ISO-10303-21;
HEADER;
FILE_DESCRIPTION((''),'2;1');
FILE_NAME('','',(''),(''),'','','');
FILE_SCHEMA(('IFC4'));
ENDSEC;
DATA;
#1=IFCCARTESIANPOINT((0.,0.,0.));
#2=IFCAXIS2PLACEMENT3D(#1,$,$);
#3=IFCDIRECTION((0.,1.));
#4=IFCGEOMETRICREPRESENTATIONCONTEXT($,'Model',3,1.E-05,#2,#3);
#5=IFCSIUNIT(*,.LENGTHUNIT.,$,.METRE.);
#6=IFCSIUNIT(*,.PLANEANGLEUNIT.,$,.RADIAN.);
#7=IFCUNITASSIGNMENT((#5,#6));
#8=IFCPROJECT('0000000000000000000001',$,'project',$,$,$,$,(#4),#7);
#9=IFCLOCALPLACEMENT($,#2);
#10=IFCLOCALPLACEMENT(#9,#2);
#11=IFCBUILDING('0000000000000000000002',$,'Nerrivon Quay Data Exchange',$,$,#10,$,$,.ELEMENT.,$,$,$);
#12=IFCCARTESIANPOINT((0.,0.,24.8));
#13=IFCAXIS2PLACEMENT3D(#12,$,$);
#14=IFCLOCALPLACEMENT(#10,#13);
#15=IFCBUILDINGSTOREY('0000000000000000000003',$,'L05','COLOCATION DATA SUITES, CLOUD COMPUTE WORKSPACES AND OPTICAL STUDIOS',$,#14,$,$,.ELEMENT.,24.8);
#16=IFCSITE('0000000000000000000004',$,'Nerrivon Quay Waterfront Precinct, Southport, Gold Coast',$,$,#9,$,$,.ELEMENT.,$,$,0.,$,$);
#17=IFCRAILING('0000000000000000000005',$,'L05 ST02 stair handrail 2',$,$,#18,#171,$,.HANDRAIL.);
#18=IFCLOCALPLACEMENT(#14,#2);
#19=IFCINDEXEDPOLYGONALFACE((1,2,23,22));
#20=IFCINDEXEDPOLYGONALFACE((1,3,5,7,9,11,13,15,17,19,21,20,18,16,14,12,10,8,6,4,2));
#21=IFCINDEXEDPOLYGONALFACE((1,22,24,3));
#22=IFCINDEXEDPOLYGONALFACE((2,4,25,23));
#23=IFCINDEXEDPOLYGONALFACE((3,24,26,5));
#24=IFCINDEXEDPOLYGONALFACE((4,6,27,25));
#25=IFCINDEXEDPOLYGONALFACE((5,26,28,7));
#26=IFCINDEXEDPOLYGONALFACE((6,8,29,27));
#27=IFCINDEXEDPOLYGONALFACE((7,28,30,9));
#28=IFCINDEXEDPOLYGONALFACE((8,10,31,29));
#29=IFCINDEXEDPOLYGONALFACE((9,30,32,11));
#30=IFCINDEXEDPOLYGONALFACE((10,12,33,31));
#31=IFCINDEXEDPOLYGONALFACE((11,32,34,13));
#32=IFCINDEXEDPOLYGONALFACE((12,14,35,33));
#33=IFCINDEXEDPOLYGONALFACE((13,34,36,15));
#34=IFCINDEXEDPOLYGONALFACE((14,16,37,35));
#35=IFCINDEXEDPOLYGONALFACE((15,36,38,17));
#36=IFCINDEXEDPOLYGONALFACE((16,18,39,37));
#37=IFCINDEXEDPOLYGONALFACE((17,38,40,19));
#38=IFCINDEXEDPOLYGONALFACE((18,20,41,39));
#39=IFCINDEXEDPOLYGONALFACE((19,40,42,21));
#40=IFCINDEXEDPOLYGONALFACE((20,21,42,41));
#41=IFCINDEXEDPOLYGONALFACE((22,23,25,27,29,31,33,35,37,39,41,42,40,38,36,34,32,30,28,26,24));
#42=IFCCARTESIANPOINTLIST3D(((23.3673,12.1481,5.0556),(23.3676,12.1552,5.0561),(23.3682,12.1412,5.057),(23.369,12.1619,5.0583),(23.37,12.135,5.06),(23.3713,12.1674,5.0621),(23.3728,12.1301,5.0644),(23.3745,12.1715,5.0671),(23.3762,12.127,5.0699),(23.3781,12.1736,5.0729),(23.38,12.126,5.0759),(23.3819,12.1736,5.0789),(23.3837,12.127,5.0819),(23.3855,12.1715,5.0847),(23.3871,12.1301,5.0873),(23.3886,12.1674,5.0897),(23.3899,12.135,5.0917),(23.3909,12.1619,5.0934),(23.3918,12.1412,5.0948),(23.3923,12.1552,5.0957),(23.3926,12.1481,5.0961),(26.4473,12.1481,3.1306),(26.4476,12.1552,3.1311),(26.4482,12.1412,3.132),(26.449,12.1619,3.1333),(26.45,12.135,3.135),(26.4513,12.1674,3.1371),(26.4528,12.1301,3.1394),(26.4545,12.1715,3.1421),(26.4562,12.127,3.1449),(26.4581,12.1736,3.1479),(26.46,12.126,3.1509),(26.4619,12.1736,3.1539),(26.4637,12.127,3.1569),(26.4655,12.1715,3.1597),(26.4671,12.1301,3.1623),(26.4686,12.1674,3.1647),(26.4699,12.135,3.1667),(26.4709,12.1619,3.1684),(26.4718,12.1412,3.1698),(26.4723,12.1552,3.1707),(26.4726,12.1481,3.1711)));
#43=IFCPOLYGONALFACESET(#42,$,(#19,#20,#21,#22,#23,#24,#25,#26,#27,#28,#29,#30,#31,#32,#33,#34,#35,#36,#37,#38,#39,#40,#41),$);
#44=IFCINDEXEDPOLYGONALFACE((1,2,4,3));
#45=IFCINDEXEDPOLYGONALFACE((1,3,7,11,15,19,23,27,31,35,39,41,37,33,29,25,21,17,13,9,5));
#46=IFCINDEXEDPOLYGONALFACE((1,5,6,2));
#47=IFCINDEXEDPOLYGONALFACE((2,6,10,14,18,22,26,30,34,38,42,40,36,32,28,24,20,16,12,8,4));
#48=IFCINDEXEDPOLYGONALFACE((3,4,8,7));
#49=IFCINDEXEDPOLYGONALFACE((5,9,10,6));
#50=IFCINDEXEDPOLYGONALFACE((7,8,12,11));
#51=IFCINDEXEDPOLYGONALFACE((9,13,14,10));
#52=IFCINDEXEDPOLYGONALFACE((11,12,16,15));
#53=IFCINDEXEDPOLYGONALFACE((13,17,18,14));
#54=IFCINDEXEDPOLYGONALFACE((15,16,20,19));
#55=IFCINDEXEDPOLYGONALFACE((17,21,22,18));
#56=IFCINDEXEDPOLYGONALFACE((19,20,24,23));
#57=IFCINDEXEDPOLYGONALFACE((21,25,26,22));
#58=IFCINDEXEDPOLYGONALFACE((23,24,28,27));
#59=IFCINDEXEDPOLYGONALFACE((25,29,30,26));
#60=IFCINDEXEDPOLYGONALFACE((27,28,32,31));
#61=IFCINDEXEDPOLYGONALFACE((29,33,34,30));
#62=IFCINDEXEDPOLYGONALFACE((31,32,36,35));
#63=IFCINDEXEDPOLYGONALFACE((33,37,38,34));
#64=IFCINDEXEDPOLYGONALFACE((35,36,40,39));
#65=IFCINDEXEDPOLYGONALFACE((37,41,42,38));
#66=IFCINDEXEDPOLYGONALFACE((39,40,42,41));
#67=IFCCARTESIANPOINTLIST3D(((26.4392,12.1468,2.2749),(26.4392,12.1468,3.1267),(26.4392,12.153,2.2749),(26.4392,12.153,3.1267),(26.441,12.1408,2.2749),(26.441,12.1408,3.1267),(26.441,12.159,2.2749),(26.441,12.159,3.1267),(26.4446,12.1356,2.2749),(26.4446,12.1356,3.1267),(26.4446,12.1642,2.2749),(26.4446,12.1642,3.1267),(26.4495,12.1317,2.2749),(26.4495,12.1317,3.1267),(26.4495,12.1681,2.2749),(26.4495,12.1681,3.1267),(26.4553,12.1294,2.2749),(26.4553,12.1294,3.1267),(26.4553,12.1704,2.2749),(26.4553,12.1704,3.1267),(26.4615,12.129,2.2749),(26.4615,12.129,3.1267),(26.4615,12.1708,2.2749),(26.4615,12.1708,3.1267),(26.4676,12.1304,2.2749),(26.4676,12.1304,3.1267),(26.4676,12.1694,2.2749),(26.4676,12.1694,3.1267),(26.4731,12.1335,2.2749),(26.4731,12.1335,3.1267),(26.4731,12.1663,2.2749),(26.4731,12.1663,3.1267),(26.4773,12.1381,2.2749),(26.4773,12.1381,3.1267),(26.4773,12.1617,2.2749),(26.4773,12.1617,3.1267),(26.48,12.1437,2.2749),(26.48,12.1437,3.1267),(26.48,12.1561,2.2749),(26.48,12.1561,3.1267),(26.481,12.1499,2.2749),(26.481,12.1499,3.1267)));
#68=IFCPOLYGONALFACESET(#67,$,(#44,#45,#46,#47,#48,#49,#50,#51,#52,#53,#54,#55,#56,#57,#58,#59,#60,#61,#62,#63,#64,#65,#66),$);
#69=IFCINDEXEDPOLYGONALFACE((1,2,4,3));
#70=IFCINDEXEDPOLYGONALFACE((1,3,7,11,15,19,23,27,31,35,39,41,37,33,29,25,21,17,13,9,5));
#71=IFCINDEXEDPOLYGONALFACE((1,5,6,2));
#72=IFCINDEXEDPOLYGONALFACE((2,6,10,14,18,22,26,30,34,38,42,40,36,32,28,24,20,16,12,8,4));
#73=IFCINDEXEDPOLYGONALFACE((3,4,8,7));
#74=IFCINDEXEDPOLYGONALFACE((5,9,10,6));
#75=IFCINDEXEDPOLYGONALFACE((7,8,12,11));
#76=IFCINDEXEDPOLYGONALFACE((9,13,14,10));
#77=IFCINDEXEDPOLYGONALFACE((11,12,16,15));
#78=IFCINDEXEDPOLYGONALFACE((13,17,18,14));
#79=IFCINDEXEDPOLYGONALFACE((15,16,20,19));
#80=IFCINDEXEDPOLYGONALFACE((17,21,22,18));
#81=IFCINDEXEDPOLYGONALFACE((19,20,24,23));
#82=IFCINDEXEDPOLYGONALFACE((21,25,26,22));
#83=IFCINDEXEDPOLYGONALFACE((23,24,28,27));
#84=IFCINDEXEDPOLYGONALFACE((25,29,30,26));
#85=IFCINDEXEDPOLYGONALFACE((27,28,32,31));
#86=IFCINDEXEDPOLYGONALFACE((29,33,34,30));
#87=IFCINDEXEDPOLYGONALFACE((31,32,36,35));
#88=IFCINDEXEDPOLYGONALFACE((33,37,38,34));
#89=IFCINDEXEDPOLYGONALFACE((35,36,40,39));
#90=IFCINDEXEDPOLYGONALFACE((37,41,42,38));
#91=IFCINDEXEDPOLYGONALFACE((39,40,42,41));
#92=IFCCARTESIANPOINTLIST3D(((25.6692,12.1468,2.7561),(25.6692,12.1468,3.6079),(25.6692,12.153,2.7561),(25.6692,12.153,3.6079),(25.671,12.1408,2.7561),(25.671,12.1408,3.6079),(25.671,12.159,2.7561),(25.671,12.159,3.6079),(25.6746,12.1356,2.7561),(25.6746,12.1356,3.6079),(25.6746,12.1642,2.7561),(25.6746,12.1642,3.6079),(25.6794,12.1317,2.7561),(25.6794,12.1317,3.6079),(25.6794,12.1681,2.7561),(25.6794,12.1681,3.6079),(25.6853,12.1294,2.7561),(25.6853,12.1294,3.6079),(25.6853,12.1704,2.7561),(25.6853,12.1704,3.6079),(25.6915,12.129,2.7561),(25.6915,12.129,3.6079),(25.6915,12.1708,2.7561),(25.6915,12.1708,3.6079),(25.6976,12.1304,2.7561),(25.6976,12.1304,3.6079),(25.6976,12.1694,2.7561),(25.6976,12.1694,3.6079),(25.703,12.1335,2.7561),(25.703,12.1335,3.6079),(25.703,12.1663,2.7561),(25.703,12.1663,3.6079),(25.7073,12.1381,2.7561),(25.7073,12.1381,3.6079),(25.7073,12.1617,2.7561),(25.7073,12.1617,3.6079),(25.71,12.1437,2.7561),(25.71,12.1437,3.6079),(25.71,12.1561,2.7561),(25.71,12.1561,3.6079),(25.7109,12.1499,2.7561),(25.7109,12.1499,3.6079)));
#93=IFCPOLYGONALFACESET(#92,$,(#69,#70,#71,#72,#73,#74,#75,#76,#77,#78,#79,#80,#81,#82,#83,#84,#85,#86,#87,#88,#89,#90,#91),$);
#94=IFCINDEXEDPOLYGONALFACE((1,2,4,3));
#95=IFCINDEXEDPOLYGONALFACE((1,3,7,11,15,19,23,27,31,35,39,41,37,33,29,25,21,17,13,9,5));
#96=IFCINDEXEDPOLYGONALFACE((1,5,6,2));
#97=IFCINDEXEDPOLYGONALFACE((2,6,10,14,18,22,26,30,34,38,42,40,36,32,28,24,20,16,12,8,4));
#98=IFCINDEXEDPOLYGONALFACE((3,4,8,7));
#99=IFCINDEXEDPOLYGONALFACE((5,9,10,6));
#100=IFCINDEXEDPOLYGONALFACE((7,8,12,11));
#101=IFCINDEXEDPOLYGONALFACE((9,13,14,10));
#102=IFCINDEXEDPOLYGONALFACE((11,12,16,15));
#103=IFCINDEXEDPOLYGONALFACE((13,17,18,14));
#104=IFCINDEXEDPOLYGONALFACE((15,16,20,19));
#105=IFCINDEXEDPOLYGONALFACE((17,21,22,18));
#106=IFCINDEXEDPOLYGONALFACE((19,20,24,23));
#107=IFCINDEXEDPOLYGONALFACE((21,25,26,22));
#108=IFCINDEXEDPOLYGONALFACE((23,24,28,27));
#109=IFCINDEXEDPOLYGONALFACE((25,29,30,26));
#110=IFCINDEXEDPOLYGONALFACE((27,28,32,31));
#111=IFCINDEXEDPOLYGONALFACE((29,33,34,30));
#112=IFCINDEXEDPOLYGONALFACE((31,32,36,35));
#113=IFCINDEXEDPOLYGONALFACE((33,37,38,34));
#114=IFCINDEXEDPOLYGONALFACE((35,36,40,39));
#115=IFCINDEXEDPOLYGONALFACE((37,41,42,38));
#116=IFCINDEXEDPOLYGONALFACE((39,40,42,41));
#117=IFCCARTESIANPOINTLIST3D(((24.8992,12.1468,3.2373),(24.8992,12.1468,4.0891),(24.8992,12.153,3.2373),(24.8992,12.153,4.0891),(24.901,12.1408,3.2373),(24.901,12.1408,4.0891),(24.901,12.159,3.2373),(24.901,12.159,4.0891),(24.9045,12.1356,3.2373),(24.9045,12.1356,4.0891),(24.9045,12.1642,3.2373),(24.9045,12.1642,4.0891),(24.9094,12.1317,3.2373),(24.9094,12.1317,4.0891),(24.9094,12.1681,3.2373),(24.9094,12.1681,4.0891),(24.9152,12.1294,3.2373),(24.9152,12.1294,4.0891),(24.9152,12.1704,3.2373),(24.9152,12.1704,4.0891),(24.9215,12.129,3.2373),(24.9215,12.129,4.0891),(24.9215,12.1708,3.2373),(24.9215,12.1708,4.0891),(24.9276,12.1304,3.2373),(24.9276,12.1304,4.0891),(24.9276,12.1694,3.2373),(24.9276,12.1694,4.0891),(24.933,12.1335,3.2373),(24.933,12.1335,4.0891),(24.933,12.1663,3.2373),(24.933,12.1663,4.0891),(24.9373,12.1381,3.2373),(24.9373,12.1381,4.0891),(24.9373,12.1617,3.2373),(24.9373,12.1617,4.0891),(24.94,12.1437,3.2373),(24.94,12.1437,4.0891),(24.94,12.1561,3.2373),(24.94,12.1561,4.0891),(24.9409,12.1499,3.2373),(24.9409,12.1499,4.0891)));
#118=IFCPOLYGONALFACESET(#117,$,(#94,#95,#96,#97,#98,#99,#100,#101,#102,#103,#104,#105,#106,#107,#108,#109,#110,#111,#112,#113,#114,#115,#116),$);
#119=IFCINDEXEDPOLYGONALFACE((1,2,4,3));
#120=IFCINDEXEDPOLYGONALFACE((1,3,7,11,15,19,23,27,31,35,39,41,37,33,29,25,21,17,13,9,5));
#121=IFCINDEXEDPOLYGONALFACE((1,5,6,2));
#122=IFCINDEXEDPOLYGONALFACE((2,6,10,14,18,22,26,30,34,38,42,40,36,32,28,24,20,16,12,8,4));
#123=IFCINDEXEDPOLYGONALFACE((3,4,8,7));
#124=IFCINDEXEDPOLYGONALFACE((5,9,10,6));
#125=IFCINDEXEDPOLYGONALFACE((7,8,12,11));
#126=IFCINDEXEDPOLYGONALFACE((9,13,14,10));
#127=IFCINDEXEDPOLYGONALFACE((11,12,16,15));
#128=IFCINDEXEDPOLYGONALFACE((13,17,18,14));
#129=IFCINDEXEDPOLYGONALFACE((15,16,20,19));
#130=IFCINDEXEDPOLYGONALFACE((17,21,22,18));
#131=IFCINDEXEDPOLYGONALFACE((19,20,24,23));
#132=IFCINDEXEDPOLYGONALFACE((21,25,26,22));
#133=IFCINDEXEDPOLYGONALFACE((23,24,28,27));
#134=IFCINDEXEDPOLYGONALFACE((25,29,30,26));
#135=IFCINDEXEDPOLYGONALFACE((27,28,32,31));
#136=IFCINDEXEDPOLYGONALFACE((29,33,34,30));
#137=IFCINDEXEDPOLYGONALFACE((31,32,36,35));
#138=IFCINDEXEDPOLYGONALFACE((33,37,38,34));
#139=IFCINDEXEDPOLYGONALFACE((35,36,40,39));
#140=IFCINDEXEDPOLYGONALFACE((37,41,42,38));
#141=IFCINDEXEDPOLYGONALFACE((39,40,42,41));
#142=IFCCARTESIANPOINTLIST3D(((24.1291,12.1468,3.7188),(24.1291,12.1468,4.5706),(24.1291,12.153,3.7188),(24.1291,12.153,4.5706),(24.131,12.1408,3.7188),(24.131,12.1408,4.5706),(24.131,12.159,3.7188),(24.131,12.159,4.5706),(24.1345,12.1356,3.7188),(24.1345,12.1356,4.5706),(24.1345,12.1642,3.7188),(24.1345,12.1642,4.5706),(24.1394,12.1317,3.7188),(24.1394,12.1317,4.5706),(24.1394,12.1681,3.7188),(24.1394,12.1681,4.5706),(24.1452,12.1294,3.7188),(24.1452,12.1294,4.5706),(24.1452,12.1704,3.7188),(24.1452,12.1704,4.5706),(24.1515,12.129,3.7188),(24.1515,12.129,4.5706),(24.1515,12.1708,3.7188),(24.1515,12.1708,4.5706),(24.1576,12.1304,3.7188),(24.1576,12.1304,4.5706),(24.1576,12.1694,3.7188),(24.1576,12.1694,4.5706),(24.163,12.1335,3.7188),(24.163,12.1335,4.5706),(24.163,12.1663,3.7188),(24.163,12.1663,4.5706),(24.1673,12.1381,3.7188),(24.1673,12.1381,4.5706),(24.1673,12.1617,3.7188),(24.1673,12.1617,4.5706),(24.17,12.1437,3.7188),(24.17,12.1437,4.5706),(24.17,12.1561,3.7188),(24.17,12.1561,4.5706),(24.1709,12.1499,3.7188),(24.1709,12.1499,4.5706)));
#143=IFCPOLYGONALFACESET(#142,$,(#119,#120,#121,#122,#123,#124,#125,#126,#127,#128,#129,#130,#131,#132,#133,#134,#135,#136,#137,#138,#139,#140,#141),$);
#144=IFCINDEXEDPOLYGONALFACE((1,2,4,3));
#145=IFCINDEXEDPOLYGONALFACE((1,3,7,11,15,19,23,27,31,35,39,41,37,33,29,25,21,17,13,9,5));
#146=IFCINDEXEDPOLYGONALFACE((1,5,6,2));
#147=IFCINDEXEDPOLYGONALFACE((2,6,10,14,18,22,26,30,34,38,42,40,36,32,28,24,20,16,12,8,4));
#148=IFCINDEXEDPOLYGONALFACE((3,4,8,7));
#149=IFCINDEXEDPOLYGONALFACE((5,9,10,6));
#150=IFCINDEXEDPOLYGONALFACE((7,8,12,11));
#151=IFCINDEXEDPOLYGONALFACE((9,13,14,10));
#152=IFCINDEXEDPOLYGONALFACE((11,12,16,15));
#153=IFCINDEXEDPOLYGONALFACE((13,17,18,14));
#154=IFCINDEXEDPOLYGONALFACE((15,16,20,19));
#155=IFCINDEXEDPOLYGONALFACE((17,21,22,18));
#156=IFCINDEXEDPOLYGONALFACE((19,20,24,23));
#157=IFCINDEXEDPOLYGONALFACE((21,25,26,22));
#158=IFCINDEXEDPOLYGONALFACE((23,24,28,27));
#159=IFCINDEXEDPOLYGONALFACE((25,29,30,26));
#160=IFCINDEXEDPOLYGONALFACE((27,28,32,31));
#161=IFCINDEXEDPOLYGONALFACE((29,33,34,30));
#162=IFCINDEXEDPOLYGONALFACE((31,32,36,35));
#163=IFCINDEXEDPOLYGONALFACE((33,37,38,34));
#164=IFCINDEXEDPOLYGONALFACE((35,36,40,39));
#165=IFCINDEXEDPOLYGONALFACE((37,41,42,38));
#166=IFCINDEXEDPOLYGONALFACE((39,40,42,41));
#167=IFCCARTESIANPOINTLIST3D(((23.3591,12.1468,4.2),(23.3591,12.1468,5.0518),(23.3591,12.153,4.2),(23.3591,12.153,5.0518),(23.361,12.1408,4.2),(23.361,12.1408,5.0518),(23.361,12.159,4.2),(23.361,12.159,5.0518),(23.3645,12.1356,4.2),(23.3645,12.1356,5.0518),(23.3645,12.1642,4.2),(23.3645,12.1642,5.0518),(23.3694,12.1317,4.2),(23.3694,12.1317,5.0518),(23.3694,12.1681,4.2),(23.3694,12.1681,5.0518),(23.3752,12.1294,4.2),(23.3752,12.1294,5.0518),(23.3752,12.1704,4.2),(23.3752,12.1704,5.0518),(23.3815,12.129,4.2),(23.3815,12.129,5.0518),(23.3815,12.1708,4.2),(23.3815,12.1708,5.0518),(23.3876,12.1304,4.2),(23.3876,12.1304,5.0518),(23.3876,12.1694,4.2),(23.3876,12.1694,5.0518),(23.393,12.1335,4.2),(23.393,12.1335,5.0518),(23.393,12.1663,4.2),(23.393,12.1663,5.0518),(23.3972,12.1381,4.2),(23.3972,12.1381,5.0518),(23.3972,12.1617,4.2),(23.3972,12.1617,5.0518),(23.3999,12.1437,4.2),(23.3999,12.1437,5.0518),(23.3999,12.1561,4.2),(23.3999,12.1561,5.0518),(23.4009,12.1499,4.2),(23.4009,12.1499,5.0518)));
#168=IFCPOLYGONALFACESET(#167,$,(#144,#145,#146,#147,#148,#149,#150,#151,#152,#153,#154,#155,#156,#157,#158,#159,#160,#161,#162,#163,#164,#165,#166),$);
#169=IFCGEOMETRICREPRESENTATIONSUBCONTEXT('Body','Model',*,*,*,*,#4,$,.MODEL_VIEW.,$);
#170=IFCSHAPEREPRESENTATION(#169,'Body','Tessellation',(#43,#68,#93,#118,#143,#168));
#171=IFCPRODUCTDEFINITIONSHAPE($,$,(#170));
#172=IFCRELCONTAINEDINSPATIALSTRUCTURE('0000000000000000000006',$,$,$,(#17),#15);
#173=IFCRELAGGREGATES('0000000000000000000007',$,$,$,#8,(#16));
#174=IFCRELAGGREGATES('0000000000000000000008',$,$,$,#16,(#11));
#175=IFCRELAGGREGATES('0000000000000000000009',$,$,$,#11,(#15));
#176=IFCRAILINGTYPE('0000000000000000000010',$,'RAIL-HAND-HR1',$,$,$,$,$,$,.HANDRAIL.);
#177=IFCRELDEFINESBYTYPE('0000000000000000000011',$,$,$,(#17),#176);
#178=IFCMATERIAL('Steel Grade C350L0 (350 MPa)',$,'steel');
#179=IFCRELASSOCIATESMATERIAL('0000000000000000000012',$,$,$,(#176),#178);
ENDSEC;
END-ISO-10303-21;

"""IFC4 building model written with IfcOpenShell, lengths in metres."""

from ifc_helpers import new_model, si_unit, direction, frame, origin, origin_2d, place, context, subcontext, project, spatial, circle, extrude, material, type_object, element, save


model = new_model("IFC4")

# Units and contexts
model_context = context("Model", 3, precision=1e-05, world=origin(), true_north=direction((0.0, 1.0)))
body_context = subcontext(model_context, "Body", "Model", "MODEL_VIEW")
ifc_project = project(units=[si_unit("LENGTHUNIT", "METRE"), si_unit("PLANEANGLEUNIT", "RADIAN")], contexts=[model_context])

# Site, building, storey
site_placement = place(None, origin())
site = spatial("IfcSite", under=ifc_project, at=site_placement, Name="Nerrivon Quay Waterfront Precinct, Southport, Gold Coast", CompositionType="ELEMENT", RefElevation=0.0)
building_placement = place(site_placement, origin())
building = spatial("IfcBuilding", under=site, at=building_placement, Name="Nerrivon Quay Data Exchange", CompositionType="ELEMENT")
storey_placement = place(building_placement, frame((0.0, 0.0, 24.8)))
storey = spatial("IfcBuildingStorey", under=building, at=storey_placement, Name="L05", Description="COLOCATION DATA SUITES, CLOUD COMPUTE WORKSPACES AND OPTICAL STUDIOS", CompositionType="ELEMENT", Elevation=24.8)

# Railing
ifc_material_1 = material(Name="Steel Grade C350L0 (350 MPa)", Category="steel")
railing_type_1 = type_object("IfcRailingType", Name="RAIL-HAND-HR1", PredefinedType="HANDRAIL", material=ifc_material_1)
railing_1_placement = place(storey_placement, frame((26.46, 12.1499, 2.2749)))
element("IfcRailing", 1, at=railing_1_placement, inside=storey, type_object=railing_type_1, Name="L05 ST02 stair handrail 2", PredefinedType="HANDRAIL", context=body_context, shape_type="SweptSolid", body=[
    extrude(circle(Radius=0.0239, at=origin_2d()), frame((0.0, 0.0, 0.876), z_axis=(-0.847998, 0.0, 0.529999), x_axis=(0.0, -1.0, 0.0)), (0.0, 0.0, 1.0), 3.6321),
    extrude(circle(Radius=0.021, at=origin_2d()), origin(), (0.0, 0.0, 1.0), 0.8518),
    extrude(circle(Radius=0.021, at=origin_2d()), frame((-0.77, 0.0, 0.4812)), (0.0, 0.0, 1.0), 0.8518),
    extrude(circle(Radius=0.021, at=origin_2d()), frame((-1.54, 0.0, 0.9624)), (0.0, 0.0, 1.0), 0.8518),
    extrude(circle(Radius=0.021, at=origin_2d()), frame((-2.3101, 0.0, 1.4438)), (0.0, 0.0, 1.0), 0.8518),
    extrude(circle(Radius=0.021, at=origin_2d()), frame((-3.0801, 0.0, 1.925)), (0.0, 0.0, 1.0), 0.8518),
])

save(model, "model.ifc")
